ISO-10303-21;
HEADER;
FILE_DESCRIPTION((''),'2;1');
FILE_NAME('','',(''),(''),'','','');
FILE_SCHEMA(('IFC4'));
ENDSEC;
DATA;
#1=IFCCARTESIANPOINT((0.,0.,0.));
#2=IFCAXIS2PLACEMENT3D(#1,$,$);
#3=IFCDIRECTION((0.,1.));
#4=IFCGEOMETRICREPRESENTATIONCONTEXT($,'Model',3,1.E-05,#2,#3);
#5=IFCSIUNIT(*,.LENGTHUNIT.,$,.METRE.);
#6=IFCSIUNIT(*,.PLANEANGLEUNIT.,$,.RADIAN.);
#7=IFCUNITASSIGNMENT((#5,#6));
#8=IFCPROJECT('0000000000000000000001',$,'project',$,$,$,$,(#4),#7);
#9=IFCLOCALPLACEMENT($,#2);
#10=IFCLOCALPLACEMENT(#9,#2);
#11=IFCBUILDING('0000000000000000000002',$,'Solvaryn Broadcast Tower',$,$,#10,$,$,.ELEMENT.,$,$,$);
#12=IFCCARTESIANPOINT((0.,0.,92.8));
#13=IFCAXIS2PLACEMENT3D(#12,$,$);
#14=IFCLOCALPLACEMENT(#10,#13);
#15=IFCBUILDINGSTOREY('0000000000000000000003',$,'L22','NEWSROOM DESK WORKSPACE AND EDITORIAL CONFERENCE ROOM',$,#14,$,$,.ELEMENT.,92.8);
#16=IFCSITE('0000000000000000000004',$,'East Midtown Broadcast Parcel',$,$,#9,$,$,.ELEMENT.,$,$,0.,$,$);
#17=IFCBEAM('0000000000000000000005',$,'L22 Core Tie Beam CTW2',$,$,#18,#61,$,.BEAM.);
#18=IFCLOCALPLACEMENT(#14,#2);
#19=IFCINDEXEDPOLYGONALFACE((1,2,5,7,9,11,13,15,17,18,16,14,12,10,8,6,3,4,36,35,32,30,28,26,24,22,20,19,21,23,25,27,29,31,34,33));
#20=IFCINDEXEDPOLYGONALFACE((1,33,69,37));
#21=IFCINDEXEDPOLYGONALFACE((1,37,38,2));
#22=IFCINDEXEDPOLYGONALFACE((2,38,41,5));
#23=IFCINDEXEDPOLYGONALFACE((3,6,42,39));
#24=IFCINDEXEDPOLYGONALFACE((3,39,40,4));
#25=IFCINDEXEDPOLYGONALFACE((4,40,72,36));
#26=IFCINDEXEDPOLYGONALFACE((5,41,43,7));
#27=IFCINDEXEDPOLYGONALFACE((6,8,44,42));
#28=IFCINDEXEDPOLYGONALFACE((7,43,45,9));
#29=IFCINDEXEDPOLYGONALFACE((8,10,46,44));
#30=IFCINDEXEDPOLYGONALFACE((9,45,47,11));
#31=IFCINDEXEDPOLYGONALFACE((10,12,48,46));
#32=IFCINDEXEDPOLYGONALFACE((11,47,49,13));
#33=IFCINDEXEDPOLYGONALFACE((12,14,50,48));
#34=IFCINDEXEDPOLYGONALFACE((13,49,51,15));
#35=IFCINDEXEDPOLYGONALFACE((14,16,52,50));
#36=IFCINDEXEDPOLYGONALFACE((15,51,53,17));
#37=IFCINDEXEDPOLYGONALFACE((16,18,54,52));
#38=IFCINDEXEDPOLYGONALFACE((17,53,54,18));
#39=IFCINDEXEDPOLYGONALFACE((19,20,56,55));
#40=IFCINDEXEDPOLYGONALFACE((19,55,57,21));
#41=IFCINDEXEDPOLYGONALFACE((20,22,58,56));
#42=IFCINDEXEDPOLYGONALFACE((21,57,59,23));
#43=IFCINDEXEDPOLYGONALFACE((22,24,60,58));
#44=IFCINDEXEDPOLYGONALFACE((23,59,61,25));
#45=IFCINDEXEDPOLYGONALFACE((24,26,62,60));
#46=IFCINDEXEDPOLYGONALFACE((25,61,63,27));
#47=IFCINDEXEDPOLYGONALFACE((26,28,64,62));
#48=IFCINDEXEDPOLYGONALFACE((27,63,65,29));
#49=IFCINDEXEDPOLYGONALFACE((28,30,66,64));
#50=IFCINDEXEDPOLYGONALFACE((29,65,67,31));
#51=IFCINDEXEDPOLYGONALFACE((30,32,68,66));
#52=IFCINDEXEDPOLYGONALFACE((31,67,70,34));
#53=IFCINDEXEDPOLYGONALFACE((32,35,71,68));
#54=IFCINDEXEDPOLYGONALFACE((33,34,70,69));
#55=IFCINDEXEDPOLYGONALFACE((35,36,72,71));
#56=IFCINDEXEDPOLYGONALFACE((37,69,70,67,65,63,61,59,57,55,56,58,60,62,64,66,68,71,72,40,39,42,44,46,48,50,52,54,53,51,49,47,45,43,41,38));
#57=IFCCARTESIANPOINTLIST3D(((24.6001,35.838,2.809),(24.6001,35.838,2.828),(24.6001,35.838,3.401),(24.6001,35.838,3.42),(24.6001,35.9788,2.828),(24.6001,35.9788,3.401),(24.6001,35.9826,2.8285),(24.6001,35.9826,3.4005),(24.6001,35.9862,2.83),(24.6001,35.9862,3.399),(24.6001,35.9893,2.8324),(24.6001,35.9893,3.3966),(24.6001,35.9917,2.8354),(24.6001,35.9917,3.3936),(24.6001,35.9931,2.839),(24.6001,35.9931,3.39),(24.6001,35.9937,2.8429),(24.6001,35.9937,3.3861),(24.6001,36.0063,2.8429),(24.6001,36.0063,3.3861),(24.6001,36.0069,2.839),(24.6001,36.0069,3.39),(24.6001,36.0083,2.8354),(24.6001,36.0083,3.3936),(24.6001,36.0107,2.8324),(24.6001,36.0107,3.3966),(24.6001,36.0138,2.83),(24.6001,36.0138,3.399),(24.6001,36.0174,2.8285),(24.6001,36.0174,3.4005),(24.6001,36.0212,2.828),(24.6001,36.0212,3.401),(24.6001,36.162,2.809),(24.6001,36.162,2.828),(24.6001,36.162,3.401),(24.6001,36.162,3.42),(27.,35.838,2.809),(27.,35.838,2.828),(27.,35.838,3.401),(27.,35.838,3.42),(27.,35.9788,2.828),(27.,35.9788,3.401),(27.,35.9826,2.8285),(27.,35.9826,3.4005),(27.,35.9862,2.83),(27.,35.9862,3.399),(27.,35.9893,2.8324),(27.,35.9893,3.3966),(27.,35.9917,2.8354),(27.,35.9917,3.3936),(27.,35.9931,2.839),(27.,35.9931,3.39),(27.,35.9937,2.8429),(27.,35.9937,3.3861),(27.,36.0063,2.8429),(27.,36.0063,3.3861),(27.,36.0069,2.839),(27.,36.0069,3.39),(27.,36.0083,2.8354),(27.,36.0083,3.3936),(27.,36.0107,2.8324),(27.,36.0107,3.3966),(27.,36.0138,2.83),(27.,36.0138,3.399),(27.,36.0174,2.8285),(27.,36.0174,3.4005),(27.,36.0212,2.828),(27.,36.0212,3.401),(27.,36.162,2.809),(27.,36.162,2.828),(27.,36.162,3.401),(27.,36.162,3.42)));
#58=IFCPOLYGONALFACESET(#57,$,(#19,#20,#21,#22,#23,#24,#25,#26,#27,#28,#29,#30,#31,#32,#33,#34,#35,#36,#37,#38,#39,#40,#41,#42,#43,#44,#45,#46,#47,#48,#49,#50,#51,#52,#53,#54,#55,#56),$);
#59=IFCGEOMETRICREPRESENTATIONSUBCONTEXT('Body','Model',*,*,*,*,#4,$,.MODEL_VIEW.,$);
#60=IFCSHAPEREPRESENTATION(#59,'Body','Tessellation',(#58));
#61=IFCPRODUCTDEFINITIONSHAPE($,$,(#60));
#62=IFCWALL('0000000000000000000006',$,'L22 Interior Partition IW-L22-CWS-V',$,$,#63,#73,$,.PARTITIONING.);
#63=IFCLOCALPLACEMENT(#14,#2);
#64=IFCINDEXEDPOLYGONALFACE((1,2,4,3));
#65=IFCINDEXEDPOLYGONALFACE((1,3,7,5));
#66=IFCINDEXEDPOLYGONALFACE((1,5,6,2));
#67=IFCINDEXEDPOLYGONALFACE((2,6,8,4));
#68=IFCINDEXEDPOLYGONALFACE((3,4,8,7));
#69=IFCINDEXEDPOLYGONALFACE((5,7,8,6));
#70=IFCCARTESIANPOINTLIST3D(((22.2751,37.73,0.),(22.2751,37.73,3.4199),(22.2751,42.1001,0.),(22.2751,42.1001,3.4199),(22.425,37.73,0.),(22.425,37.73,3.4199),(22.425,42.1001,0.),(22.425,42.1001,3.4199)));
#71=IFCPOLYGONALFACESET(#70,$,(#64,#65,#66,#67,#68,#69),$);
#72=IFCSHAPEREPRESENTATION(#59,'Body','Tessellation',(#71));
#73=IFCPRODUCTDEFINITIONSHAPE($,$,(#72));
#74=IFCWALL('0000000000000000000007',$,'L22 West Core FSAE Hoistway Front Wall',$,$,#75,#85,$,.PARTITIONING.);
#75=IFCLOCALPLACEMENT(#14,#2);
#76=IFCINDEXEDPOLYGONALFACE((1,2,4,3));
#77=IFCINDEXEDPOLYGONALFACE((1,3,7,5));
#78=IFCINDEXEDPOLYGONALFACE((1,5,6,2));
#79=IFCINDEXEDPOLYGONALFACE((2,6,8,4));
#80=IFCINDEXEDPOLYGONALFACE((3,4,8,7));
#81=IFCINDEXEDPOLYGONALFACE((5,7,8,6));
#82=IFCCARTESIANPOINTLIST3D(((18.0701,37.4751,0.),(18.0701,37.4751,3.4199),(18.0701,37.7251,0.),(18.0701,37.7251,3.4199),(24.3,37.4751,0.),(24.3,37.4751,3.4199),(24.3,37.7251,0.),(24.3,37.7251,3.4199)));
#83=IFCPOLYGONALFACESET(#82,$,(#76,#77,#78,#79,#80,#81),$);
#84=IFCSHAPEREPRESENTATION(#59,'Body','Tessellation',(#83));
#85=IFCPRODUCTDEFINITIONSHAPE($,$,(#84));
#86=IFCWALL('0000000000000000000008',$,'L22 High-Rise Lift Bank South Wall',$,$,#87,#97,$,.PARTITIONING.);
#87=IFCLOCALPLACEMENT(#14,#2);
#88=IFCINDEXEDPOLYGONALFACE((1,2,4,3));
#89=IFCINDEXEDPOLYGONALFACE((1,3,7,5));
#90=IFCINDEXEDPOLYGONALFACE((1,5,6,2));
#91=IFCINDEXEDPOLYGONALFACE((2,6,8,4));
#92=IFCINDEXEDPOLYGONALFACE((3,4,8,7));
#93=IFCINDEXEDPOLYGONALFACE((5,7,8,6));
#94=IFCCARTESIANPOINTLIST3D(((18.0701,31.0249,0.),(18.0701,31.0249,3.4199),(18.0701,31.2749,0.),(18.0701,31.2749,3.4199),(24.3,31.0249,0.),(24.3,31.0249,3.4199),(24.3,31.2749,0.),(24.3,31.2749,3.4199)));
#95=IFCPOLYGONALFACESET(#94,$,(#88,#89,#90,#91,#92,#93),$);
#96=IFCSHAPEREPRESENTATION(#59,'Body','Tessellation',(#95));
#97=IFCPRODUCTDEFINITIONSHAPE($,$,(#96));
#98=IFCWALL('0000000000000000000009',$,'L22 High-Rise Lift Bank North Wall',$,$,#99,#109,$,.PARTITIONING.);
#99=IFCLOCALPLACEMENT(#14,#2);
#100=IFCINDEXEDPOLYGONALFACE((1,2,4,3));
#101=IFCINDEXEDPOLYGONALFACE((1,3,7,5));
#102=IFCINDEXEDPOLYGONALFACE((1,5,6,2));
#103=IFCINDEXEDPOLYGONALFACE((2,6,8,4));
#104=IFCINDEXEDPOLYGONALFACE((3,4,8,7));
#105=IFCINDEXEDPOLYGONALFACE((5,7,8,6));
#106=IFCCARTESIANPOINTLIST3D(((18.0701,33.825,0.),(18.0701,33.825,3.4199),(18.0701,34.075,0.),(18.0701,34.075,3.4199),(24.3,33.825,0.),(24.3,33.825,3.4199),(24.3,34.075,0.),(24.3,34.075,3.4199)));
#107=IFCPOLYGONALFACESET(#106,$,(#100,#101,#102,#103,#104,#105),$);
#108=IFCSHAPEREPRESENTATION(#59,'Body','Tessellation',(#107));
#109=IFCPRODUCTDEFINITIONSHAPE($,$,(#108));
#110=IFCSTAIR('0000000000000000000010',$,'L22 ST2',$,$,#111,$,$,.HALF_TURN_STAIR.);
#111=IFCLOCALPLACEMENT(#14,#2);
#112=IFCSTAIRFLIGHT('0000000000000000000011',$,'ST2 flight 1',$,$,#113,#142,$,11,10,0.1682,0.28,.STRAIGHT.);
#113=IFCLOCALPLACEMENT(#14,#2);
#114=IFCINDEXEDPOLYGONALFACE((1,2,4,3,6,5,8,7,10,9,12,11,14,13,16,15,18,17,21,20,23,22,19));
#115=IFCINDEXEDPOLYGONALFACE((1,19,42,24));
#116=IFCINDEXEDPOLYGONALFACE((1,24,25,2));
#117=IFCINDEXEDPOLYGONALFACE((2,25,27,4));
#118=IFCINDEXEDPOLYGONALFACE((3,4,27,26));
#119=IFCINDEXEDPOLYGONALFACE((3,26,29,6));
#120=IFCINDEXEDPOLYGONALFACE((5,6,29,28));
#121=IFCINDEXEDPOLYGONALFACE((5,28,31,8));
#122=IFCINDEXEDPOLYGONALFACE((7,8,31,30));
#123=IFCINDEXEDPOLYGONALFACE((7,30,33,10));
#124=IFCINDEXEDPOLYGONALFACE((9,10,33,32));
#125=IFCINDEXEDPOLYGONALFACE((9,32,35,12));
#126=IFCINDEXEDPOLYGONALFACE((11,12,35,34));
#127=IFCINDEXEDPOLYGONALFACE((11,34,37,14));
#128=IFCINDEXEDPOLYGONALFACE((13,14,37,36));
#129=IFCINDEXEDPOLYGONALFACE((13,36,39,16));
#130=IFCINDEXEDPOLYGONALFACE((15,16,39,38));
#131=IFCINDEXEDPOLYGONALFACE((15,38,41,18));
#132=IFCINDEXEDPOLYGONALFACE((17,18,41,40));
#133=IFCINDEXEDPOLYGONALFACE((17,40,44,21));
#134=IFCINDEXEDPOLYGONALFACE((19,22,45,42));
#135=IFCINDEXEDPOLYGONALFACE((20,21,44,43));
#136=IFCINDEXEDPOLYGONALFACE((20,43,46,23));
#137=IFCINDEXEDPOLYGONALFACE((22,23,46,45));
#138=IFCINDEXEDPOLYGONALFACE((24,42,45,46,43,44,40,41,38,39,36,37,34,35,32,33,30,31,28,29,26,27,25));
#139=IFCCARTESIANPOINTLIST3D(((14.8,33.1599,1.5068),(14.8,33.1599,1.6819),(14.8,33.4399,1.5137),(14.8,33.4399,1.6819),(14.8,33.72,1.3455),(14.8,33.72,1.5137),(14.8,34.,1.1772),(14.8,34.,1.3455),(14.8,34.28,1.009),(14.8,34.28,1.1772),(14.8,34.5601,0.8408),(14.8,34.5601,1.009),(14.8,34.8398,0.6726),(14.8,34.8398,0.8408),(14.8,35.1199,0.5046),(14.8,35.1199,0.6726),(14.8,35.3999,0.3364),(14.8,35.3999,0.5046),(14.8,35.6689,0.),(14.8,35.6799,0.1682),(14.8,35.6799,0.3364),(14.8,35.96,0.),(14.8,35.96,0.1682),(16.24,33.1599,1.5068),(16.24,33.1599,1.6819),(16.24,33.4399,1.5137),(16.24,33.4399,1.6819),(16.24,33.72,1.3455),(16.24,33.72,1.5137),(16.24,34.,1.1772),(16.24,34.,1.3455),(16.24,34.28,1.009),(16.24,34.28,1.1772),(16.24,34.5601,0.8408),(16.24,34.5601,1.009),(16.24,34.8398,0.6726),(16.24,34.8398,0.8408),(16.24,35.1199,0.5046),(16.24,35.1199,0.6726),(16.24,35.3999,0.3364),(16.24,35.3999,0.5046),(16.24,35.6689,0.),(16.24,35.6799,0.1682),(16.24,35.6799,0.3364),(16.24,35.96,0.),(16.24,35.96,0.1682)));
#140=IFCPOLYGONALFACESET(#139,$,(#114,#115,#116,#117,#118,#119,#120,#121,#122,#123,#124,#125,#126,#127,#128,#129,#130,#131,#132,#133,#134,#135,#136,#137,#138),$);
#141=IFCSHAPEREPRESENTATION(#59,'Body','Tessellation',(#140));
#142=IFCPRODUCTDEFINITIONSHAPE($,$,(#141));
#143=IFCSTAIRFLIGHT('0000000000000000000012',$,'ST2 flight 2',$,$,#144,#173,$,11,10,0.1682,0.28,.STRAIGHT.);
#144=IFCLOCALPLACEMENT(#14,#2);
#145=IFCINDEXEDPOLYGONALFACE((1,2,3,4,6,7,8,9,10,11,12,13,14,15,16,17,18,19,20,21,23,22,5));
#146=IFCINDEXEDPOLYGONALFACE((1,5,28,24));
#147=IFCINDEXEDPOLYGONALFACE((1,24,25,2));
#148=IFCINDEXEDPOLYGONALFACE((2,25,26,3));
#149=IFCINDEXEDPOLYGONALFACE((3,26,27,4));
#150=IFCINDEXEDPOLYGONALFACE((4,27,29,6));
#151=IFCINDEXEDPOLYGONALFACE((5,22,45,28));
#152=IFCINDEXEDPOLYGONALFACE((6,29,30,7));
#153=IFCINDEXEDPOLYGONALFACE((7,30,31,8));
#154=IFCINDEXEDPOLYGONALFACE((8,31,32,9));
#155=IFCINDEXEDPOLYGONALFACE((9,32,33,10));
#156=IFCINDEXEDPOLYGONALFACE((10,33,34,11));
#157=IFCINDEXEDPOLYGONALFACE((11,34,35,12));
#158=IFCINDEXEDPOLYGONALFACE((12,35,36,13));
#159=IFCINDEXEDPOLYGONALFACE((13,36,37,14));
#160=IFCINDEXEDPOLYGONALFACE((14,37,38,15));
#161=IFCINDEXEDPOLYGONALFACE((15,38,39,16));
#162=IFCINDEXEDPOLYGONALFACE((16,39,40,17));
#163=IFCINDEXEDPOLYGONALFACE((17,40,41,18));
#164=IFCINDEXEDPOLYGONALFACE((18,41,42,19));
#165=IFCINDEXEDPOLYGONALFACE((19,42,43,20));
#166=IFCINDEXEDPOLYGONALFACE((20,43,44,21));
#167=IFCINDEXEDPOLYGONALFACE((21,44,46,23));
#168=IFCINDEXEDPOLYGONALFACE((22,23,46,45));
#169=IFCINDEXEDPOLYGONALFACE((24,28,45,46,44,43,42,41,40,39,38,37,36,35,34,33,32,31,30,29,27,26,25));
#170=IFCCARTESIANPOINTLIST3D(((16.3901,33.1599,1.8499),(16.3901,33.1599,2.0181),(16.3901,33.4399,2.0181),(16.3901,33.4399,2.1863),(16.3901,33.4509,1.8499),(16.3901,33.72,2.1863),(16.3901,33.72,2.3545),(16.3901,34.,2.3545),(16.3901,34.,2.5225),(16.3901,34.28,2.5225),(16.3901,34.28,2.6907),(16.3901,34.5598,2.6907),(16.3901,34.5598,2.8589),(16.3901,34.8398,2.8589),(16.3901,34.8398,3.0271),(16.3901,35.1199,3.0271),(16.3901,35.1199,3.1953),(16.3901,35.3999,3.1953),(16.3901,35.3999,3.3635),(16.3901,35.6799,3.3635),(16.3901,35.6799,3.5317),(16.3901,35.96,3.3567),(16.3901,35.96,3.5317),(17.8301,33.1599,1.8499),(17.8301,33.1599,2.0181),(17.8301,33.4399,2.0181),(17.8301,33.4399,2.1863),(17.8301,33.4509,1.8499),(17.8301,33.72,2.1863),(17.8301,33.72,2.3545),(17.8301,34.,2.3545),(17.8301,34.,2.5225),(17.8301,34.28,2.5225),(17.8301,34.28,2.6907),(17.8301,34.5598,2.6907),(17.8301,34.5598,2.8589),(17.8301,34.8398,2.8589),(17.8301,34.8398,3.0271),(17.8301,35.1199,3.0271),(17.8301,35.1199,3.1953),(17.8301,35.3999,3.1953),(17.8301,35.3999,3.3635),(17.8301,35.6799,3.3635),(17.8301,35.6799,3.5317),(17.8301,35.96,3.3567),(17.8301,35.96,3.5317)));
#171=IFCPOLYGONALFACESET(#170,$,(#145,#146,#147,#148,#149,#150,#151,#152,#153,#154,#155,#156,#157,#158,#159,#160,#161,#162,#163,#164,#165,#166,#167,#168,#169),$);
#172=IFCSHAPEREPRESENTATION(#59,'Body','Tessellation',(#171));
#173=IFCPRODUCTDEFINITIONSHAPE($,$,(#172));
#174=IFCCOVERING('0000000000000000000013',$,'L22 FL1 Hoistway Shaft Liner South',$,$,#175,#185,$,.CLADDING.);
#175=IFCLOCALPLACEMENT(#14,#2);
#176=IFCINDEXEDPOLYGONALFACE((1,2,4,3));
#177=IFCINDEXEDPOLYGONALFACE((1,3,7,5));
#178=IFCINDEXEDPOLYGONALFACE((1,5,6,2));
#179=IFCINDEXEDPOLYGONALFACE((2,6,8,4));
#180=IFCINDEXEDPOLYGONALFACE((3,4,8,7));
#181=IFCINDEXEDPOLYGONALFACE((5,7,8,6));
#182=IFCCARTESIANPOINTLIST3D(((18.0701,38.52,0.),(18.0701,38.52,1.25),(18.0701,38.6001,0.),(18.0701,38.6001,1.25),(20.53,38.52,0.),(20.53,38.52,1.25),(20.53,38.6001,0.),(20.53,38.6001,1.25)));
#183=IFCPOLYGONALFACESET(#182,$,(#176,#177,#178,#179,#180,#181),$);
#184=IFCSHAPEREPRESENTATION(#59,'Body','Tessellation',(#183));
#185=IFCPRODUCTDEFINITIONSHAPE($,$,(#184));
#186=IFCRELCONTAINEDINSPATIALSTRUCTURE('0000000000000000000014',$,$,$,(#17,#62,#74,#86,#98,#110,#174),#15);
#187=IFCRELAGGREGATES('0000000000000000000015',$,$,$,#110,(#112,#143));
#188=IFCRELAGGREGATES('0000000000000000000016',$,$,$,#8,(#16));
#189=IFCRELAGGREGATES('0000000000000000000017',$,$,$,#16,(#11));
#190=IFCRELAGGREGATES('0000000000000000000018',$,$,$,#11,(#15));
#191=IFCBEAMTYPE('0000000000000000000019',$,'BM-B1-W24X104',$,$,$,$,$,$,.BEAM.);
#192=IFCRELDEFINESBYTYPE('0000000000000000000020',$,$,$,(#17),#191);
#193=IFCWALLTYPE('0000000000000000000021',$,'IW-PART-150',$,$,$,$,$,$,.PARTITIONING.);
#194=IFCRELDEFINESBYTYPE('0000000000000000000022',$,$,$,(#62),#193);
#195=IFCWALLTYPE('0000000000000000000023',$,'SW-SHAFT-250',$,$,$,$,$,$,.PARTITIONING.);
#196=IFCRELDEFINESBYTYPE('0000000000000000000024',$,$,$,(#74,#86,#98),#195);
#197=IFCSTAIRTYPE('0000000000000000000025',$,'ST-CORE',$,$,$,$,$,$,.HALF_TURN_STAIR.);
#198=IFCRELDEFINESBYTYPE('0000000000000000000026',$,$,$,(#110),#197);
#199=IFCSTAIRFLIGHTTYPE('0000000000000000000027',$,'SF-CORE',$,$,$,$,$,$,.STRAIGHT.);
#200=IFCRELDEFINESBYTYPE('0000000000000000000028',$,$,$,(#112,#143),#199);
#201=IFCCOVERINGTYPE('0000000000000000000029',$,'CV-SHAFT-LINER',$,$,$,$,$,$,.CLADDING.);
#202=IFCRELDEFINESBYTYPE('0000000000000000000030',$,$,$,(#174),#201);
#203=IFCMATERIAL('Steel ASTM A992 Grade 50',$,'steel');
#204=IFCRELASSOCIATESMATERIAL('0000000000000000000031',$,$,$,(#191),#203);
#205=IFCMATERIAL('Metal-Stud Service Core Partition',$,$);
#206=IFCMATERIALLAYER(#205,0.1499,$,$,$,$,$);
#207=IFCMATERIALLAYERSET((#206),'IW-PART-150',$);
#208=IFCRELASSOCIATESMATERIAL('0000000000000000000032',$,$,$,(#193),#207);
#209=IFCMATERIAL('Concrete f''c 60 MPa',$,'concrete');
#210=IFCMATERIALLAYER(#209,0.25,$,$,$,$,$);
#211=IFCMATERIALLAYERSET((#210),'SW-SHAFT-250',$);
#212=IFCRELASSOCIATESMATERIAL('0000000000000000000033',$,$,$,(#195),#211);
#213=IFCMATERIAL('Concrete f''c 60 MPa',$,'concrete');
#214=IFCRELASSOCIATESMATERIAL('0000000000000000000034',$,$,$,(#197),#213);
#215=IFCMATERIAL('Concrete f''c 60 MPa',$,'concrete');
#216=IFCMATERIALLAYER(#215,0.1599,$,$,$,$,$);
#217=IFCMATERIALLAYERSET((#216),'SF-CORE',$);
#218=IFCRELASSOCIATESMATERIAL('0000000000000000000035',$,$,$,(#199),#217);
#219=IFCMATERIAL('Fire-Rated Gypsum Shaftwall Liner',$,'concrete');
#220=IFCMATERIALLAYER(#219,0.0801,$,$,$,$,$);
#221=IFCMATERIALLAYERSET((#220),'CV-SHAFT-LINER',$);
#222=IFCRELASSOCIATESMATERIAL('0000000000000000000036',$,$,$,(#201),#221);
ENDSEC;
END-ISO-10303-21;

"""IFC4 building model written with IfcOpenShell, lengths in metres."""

from ifc_helpers import new_model, si_unit, direction, frame, frame_2d, origin, origin_2d, place, context, subcontext, project, spatial, polyline, rectangle, i_section, outline, extrude, material, layer, layer_set, material_profile, profile_set, type_object, element, aggregate, save


model = new_model("IFC4")

# Units and contexts
model_context = context("Model", 3, precision=1e-05, world=origin(), true_north=direction((0.0, 1.0)))
body_context = subcontext(model_context, "Body", "Model", "MODEL_VIEW")
ifc_project = project(units=[si_unit("LENGTHUNIT", "METRE"), si_unit("PLANEANGLEUNIT", "RADIAN")], contexts=[model_context])

# Site, building, storey
site_placement = place(None, origin())
site = spatial("IfcSite", under=ifc_project, at=site_placement, Name="East Midtown Broadcast Parcel", CompositionType="ELEMENT", RefElevation=0.0)
building_placement = place(site_placement, origin())
building = spatial("IfcBuilding", under=site, at=building_placement, Name="Solvaryn Broadcast Tower", CompositionType="ELEMENT")
storey_placement = place(building_placement, frame((0.0, 0.0, 92.8)))
storey = spatial("IfcBuildingStorey", under=building, at=storey_placement, Name="L22", Description="NEWSROOM DESK WORKSPACE AND EDITORIAL CONFERENCE ROOM", CompositionType="ELEMENT", Elevation=92.8)

# Beam
ifc_material_1 = material(Name="Steel ASTM A992 Grade 50", Category="steel")
ifc_material_profile = material_profile(ifc_material_1, i_section(OverallWidth=0.324, OverallDepth=0.6111, WebThickness=0.0127, FlangeThickness=0.019, FilletRadius=0.0149, at=origin_2d()))
ifc_profile_set = profile_set([ifc_material_profile], Name="Steel ASTM A992 Grade 50")
beam_type = type_object("IfcBeamType", Name="BM-B1-W24X104", PredefinedType="BEAM", material=ifc_profile_set)
beam_placement = place(storey_placement, frame((24.6001, 36.0, 3.1145), z_axis=(1.0, 0.0, 0.0), x_axis=(0.0, 1.0, 0.0)))
element("IfcBeam", 1, at=beam_placement, inside=storey, type_object=beam_type, Name="L22 Core Tie Beam CTW2", PredefinedType="BEAM", context=body_context, shape_type="SweptSolid", body=[
    extrude(i_section(OverallWidth=0.324, OverallDepth=0.6111, WebThickness=0.0127, FlangeThickness=0.019, FilletRadius=0.0149, at=origin_2d()), origin(), (0.0, 0.0, 1.0), 2.3999),
])

# Walls
ifc_material_2 = material(Name="Metal-Stud Service Core Partition")
ifc_layer_1 = layer(ifc_material_2, 0.1499)
ifc_layer_set_1 = layer_set([ifc_layer_1], Name="IW-PART-150")
wall_type_1 = type_object("IfcWallType", Name="IW-PART-150", PredefinedType="PARTITIONING", material=ifc_layer_set_1)
wall_1_placement = place(storey_placement, frame((22.3501, 37.73, 0.0), z_axis=(0.0, 0.0, 1.0), x_axis=(0.0, 1.0, 0.0)))
element("IfcWall", 2, at=wall_1_placement, inside=storey, type_object=wall_type_1, Name="L22 Interior Partition IW-L22-CWS-V", PredefinedType="PARTITIONING", context=body_context, shape_type="SweptSolid", body=[
    extrude(rectangle(XDim=4.3701, YDim=0.1499, at=frame_2d((2.1851, 0.0))), origin(), (0.0, 0.0, 1.0), 3.4199),
])
ifc_material_3 = material(Name="Concrete f'c 60 MPa", Category="concrete")
ifc_layer_2 = layer(ifc_material_3, 0.25)
ifc_layer_set_2 = layer_set([ifc_layer_2], Name="SW-SHAFT-250")
wall_type_2 = type_object("IfcWallType", Name="SW-SHAFT-250", PredefinedType="PARTITIONING", material=ifc_layer_set_2)
for number, where, z_axis, x_axis, name in (
    (3, (18.0701, 37.6001, 0.0), (0.0, 0.0, 1.0), (1.0, 0.0, 0.0), "L22 West Core FSAE Hoistway Front Wall"),
    (4, (18.0701, 31.1499, 0.0), (0.0, 0.0, 1.0), (1.0, 0.0, 0.0), "L22 High-Rise Lift Bank South Wall"),
    (5, (24.3, 33.95, 0.0), (0.0, 0.0, 1.0), (-1.0, 0.0, 0.0), "L22 High-Rise Lift Bank North Wall"),
):
    element("IfcWall", number, at=place(storey_placement, frame(where, z_axis=z_axis, x_axis=x_axis)), inside=storey, type_object=wall_type_2, Name=name, PredefinedType="PARTITIONING", context=body_context, shape_type="SweptSolid", body=[
        extrude(rectangle(XDim=6.23, YDim=0.25, at=frame_2d((3.115, 0.0))), origin(), (0.0, 0.0, 1.0), 3.4199),
    ])

# Stair, stair flights
ifc_material_4 = material(Name="Concrete f'c 60 MPa", Category="concrete")
stair_type = type_object("IfcStairType", Name="ST-CORE", PredefinedType="HALF_TURN_STAIR", material=ifc_material_4)
stair_placement = place(storey_placement, origin())
stair = element("IfcStair", 6, at=stair_placement, inside=storey, type_object=stair_type, Name="L22 ST2", PredefinedType="HALF_TURN_STAIR")
ifc_material_5 = material(Name="Concrete f'c 60 MPa", Category="concrete")
ifc_layer_3 = layer(ifc_material_5, 0.1599)
ifc_layer_set_3 = layer_set([ifc_layer_3], Name="SF-CORE")
stair_flight_type = type_object("IfcStairFlightType", Name="SF-CORE", PredefinedType="STRAIGHT", material=ifc_layer_set_3)
stair_flight_1_placement = place(storey_placement, frame((15.52, 35.96, 0.0), z_axis=(0.0, 0.0, 1.0), x_axis=(0.0, -1.0, 0.0)))
stair_flight_1 = element("IfcStairFlight", 7, at=stair_flight_1_placement, type_object=stair_flight_type, Name="ST2 flight 1", NumberOfRisers=11, NumberOfTreads=10, PredefinedType="STRAIGHT", RiserHeight=0.1682, TreadLength=0.28, context=body_context, shape_type="SweptSolid", body=[
    extrude(outline(polyline([(0.0, 0.0), (0.0, 0.1682), (0.28, 0.1682), (0.28, 0.3364), (0.5601, 0.3364), (0.5601, 0.5046), (0.8401, 0.5046), (0.8401, 0.6726), (1.1201, 0.6726), (1.1201, 0.8408), (1.3999, 0.8408), (1.3999, 1.009), (1.6799, 1.009), (1.6799, 1.1772), (1.96, 1.1772), (1.96, 1.3455), (2.24, 1.3455), (2.24, 1.5137), (2.52, 1.5137), (2.52, 1.6819), (2.8, 1.6819), (2.8, 1.8501), (2.8, 1.5068), (0.291, 0.0), (0.0, 0.0)])), frame((0.0, 0.72, 0.0), z_axis=(0.0, -1.0, 0.0), x_axis=(1.0, 0.0, 0.0)), (0.0, 0.0, 1.0), 1.4399),
])
stair_flight_2_placement = place(storey_placement, frame((17.1101, 33.1599, 1.8499), z_axis=(0.0, 0.0, 1.0), x_axis=(0.0, 1.0, 0.0)))
stair_flight_2 = element("IfcStairFlight", 8, at=stair_flight_2_placement, type_object=stair_flight_type, Name="ST2 flight 2", NumberOfRisers=11, NumberOfTreads=10, PredefinedType="STRAIGHT", RiserHeight=0.1682, TreadLength=0.28, context=body_context, shape_type="SweptSolid", body=[
    extrude(outline(polyline([(0.0, 0.0), (0.0, 0.1682), (0.28, 0.1682), (0.28, 0.3364), (0.5601, 0.3364), (0.5601, 0.5046), (0.8401, 0.5046), (0.8401, 0.6726), (1.1201, 0.6726), (1.1201, 0.8408), (1.3999, 0.8408), (1.3999, 1.009), (1.6799, 1.009), (1.6799, 1.1772), (1.96, 1.1772), (1.96, 1.3455), (2.24, 1.3455), (2.24, 1.5137), (2.52, 1.5137), (2.52, 1.6819), (2.8, 1.6819), (2.8, 1.8501), (2.8, 1.5068), (0.291, 0.0), (0.0, 0.0)])), frame((0.0, 0.72, 0.0), z_axis=(0.0, -1.0, 0.0), x_axis=(1.0, 0.0, 0.0)), (0.0, 0.0, 1.0), 1.4399),
])
aggregate(stair, [stair_flight_1, stair_flight_2])

# Covering
ifc_material_6 = material(Name="Fire-Rated Gypsum Shaftwall Liner", Category="concrete")
ifc_layer_4 = layer(ifc_material_6, 0.0801)
ifc_layer_set_4 = layer_set([ifc_layer_4], Name="CV-SHAFT-LINER")
covering_type = type_object("IfcCoveringType", Name="CV-SHAFT-LINER", PredefinedType="CLADDING", material=ifc_layer_set_4)
covering_placement = place(storey_placement, frame((19.3, 38.5601, 0.0), z_axis=(0.0, 0.0, 1.0), x_axis=(1.0, 0.0, 0.0)))
element("IfcCovering", 9, at=covering_placement, inside=storey, type_object=covering_type, Name="L22 FL1 Hoistway Shaft Liner South", PredefinedType="CLADDING", context=body_context, shape_type="SweptSolid", body=[
    extrude(rectangle(XDim=2.46, YDim=0.0801, at=origin_2d()), origin(), (0.0, 0.0, 1.0), 1.25),
])

save(model, "model.ifc")
